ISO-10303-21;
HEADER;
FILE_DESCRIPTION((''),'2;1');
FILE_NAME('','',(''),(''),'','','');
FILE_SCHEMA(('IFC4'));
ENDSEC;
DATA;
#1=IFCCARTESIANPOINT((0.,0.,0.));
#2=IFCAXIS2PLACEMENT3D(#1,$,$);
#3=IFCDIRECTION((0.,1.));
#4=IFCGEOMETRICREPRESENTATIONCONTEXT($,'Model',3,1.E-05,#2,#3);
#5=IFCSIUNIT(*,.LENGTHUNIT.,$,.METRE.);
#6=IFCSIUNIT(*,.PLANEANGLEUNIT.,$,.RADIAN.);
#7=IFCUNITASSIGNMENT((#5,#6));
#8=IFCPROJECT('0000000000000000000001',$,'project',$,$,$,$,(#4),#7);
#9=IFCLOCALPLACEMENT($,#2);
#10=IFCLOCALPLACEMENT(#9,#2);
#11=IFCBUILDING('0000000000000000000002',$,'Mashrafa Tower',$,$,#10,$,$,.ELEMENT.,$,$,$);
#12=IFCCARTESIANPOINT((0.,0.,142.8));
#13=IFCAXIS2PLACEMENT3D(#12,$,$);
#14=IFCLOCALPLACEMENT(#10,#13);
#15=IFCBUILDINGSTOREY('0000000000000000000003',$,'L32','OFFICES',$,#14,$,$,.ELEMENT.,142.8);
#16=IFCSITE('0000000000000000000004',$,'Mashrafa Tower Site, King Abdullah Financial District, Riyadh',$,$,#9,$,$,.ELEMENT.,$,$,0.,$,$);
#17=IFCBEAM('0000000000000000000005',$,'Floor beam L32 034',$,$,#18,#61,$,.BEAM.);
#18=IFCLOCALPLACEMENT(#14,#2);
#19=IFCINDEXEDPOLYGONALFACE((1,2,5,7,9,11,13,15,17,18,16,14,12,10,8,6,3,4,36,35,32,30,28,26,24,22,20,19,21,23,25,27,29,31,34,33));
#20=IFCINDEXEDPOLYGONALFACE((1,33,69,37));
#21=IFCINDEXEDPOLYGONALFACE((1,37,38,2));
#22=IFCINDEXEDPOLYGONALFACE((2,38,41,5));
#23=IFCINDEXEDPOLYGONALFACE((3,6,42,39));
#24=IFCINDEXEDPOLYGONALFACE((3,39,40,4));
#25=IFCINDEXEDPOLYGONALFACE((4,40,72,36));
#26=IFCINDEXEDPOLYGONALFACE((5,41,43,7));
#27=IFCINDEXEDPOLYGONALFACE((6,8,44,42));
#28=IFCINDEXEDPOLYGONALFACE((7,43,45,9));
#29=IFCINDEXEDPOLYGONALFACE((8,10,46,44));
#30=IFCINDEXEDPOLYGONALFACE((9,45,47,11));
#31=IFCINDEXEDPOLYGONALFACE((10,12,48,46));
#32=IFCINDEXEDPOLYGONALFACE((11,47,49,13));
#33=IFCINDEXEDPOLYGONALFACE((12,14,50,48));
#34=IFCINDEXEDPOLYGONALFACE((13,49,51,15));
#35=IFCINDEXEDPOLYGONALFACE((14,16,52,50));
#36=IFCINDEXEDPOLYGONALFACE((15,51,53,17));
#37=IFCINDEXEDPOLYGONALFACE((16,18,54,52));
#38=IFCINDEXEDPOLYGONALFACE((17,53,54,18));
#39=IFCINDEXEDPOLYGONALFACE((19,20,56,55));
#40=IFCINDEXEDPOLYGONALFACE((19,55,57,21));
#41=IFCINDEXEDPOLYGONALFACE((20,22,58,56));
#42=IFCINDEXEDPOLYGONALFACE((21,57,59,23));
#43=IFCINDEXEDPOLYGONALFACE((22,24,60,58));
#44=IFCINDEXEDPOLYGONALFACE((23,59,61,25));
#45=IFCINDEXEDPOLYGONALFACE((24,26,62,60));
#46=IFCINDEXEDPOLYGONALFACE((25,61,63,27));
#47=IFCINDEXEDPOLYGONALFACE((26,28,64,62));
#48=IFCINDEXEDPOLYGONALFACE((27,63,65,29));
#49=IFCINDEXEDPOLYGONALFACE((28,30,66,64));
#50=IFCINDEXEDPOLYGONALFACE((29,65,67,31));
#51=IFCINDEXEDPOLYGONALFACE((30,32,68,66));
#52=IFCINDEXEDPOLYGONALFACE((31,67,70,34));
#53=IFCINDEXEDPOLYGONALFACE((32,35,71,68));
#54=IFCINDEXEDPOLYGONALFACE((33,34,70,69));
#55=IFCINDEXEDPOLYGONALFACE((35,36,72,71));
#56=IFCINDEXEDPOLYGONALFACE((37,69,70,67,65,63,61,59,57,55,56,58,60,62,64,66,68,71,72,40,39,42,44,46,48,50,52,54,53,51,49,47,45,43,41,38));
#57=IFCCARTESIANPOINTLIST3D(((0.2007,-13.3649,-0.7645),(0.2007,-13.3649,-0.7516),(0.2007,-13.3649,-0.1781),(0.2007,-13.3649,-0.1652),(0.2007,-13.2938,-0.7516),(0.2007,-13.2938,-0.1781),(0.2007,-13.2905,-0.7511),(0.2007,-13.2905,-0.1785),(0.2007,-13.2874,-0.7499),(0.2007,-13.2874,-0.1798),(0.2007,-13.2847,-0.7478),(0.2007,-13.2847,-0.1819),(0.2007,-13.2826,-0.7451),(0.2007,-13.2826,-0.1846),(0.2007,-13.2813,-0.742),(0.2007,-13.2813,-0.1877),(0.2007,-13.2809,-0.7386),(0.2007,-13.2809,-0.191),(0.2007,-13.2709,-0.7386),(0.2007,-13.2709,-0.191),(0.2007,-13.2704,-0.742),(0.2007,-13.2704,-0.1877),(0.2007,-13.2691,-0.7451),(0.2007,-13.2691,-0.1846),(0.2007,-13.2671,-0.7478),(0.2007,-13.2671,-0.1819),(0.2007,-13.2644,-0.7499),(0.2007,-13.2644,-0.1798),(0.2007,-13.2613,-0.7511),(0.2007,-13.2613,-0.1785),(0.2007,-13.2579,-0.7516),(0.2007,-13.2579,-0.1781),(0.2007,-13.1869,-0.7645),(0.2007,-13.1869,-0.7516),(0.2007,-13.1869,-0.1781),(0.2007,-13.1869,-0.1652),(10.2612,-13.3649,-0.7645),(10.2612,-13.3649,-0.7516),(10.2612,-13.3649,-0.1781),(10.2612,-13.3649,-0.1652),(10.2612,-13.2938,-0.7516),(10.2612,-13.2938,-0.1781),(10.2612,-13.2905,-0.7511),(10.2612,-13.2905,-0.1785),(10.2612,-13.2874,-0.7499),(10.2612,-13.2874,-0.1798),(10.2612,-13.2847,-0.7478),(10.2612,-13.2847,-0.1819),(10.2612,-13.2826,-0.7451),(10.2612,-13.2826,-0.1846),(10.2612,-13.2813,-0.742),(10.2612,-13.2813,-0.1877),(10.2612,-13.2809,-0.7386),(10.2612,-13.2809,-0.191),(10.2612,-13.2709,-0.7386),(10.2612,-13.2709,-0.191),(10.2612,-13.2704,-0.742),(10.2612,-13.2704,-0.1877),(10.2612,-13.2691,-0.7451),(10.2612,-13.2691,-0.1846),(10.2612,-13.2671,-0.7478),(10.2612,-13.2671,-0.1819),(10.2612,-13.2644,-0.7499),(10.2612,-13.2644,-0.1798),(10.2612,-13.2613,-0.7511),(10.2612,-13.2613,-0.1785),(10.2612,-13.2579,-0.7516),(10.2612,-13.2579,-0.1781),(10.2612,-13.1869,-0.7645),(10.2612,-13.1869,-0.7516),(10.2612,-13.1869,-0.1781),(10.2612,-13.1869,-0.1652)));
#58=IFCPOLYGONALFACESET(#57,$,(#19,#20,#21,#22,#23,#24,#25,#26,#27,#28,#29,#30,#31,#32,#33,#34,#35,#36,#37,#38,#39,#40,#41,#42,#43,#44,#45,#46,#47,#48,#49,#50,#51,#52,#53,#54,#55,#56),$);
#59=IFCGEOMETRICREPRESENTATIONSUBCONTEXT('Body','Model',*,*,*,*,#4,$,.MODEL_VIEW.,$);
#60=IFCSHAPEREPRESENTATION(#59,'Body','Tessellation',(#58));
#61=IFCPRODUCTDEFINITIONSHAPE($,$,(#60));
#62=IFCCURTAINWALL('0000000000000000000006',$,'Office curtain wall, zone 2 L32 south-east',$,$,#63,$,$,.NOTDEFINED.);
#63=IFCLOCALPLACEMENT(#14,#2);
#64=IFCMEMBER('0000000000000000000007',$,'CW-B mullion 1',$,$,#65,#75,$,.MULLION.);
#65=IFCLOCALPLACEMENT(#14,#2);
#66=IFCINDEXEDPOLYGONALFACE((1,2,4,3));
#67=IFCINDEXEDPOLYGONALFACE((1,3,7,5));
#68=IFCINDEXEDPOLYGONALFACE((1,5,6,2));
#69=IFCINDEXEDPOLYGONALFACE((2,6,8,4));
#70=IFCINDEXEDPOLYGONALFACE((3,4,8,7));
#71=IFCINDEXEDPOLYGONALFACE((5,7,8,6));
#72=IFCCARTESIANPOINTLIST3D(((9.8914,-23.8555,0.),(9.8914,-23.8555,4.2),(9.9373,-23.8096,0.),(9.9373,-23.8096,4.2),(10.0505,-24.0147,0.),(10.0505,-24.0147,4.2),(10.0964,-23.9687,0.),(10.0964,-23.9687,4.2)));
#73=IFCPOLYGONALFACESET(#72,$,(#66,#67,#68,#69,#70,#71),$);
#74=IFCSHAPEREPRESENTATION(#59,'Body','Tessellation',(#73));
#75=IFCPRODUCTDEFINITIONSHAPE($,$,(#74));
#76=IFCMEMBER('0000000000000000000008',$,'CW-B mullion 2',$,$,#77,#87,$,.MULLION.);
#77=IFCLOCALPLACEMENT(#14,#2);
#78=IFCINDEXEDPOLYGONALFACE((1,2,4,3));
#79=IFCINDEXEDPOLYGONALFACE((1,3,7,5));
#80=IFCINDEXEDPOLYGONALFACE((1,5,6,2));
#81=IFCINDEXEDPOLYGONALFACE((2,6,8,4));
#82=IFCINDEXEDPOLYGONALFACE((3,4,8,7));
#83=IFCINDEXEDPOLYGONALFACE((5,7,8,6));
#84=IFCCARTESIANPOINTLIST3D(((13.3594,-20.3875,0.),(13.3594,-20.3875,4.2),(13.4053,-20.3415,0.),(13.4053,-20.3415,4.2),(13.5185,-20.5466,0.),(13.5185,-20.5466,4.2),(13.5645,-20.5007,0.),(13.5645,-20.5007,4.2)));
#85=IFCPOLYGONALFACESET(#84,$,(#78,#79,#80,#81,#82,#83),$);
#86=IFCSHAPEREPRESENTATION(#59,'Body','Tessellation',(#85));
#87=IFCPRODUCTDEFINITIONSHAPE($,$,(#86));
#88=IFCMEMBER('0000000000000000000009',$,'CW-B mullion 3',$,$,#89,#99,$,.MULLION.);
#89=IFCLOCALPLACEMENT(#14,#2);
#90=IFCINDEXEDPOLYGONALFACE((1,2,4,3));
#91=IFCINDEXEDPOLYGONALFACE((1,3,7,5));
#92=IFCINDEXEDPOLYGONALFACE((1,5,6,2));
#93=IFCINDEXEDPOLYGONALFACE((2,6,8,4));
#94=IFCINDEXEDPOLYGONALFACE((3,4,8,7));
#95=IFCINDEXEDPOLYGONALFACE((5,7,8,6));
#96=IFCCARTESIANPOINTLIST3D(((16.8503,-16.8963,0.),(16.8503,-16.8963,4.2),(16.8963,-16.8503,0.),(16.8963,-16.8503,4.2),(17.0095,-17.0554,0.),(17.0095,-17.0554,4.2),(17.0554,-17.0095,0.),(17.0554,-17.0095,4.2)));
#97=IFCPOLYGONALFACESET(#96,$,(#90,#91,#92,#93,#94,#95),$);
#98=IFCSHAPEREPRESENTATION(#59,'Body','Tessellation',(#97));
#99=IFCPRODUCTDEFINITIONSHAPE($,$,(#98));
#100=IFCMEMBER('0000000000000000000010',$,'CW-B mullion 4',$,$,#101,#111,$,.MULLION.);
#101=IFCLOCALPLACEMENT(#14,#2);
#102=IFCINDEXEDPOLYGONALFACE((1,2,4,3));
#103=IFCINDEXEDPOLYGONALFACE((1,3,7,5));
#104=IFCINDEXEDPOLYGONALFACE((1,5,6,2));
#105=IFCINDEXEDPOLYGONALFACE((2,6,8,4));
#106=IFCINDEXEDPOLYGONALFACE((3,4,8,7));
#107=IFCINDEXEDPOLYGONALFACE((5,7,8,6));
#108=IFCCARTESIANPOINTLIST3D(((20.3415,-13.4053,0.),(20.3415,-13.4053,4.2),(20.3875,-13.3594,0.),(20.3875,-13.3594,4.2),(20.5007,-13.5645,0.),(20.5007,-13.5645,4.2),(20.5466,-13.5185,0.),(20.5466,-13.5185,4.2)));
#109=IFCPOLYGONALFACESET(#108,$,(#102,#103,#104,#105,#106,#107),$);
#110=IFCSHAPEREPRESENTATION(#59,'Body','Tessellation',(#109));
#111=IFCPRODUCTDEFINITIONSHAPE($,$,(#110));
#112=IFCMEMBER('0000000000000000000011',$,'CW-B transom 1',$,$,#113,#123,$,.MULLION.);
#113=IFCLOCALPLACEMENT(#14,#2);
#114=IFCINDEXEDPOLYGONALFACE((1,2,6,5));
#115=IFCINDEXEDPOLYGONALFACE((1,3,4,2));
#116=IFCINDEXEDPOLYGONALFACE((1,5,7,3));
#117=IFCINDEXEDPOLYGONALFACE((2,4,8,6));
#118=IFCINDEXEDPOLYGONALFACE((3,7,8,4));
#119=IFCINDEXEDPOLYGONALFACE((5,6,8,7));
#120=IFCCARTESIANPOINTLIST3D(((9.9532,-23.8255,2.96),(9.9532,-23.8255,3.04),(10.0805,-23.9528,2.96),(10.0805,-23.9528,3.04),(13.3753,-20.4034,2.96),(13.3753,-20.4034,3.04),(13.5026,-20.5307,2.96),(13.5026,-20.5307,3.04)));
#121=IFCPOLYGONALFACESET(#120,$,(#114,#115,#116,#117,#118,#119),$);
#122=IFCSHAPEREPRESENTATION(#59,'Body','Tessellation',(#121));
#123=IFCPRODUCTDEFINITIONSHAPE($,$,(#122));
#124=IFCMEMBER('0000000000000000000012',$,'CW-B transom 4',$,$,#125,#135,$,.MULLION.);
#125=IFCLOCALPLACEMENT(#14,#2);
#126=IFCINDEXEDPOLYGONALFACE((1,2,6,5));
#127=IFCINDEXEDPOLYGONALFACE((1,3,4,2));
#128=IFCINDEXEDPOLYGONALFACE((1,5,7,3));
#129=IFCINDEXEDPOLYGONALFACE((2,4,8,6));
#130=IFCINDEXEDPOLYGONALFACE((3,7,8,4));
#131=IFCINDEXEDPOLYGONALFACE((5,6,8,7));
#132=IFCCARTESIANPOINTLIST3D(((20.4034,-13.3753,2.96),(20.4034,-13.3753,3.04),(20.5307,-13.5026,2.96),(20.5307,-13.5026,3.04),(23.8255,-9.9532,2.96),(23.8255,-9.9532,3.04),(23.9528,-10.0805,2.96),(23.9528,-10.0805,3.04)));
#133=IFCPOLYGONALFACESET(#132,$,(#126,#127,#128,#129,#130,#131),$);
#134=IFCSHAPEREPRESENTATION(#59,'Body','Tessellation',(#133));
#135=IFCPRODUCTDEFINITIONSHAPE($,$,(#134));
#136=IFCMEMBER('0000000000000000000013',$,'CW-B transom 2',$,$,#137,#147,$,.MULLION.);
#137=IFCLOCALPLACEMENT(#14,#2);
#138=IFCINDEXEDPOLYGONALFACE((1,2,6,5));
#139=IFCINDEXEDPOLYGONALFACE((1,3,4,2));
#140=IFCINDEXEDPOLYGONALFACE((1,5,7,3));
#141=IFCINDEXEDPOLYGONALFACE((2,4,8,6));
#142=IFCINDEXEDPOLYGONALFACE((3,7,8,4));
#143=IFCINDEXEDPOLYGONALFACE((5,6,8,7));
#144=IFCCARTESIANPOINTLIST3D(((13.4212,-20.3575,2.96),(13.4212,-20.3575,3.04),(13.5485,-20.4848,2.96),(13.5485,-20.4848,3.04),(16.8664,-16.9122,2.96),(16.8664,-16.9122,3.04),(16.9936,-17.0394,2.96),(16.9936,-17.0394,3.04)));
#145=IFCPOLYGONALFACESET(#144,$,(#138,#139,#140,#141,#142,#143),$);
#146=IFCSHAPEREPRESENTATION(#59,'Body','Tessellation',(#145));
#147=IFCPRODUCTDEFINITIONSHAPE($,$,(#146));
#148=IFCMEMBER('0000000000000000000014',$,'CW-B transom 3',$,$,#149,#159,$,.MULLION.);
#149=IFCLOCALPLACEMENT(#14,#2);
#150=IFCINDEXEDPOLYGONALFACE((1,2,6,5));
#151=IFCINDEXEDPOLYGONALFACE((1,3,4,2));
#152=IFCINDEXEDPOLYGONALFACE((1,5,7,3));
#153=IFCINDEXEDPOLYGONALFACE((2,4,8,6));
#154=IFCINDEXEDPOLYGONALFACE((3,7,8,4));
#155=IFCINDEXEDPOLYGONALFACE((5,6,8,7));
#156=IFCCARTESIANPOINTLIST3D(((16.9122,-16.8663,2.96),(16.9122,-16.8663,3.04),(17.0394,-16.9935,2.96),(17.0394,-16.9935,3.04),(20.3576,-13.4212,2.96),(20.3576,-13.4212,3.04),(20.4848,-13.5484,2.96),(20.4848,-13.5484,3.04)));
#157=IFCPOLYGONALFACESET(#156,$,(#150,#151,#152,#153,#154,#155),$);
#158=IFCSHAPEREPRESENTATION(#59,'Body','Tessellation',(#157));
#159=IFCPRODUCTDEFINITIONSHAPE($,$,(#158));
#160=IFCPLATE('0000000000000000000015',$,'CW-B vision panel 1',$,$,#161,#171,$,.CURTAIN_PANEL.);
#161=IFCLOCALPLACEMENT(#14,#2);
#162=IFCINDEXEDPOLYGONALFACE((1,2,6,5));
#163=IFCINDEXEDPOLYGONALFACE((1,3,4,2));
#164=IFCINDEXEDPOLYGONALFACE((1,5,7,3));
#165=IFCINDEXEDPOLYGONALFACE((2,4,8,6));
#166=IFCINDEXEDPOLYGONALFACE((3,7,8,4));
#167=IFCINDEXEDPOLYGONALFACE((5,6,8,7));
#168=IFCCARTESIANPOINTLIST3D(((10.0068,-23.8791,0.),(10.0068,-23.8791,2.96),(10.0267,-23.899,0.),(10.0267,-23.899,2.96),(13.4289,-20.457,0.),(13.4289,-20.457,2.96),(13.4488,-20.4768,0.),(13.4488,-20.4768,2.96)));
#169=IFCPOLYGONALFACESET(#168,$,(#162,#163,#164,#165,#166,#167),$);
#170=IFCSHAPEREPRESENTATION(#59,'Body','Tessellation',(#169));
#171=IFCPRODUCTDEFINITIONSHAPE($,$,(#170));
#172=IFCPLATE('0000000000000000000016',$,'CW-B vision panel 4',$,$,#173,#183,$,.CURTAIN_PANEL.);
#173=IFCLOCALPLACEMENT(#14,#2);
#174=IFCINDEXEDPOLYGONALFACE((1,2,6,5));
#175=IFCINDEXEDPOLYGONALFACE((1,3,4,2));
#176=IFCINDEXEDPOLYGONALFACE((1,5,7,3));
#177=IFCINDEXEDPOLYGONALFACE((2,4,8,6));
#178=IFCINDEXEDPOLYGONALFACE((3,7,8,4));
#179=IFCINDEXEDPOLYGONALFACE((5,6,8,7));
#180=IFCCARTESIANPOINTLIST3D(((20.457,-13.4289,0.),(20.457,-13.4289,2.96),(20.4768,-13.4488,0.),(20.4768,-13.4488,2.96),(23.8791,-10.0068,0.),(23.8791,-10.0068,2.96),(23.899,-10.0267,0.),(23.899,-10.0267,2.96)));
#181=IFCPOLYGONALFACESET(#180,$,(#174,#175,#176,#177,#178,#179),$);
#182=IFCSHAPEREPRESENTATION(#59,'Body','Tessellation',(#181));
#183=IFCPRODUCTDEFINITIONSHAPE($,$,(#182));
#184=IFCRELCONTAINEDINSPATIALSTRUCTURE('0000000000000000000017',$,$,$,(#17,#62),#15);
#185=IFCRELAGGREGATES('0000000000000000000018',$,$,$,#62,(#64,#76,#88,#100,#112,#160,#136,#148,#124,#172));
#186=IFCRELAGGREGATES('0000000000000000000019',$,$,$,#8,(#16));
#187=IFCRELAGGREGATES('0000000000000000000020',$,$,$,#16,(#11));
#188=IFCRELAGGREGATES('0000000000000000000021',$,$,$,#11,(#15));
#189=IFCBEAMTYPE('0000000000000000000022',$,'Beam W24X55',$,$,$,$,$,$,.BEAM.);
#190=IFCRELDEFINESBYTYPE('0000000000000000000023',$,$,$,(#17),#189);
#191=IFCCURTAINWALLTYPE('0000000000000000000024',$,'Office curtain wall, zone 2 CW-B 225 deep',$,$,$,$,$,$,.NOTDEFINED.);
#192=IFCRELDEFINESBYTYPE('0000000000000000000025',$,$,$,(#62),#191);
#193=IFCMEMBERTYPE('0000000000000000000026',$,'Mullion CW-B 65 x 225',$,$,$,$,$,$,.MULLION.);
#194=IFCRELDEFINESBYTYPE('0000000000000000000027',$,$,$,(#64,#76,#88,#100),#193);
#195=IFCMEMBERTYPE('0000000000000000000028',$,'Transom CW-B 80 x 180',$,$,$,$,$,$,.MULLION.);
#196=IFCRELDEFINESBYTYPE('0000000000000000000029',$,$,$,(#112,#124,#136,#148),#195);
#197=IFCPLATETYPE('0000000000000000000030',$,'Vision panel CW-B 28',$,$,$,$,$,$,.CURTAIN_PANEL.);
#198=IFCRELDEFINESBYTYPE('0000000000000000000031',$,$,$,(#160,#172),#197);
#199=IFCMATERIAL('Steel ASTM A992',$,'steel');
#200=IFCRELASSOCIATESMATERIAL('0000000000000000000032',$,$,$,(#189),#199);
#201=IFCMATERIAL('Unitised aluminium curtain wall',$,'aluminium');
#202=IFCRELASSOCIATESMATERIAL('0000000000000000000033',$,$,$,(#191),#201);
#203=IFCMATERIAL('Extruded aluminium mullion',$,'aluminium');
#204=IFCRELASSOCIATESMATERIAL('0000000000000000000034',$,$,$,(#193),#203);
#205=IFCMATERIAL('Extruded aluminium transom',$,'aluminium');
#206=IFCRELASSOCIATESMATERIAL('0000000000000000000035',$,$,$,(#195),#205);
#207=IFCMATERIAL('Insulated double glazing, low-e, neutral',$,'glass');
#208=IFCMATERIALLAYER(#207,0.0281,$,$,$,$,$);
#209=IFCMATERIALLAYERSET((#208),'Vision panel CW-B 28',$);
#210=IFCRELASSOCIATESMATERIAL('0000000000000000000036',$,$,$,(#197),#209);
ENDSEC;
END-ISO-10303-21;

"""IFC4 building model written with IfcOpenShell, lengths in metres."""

from ifc_helpers import new_model, si_unit, direction, frame, origin, origin_2d, place, context, subcontext, project, spatial, rectangle, i_section, extrude, source, transform, mapped, material, layer, layer_set, material_profile, profile_set, type_object, type_shapes, element, aggregate, save


model = new_model("IFC4")

# Units and contexts
model_context = context("Model", 3, precision=1e-05, world=origin(), true_north=direction((0.0, 1.0)))
body_context = subcontext(model_context, "Body", "Model", "MODEL_VIEW")
ifc_project = project(units=[si_unit("LENGTHUNIT", "METRE"), si_unit("PLANEANGLEUNIT", "RADIAN")], contexts=[model_context])

# Site, building, storey
site_placement = place(None, origin())
site = spatial("IfcSite", under=ifc_project, at=site_placement, Name="Mashrafa Tower Site, King Abdullah Financial District, Riyadh", CompositionType="ELEMENT", RefElevation=0.0)
building_placement = place(site_placement, origin())
building = spatial("IfcBuilding", under=site, at=building_placement, Name="Mashrafa Tower", CompositionType="ELEMENT")
storey_placement = place(building_placement, frame((0.0, 0.0, 142.8)))
storey = spatial("IfcBuildingStorey", under=building, at=storey_placement, Name="L32", Description="OFFICES", CompositionType="ELEMENT", Elevation=142.8)

# Beam
ifc_material_1 = material(Name="Steel ASTM A992", Category="steel")
ifc_material_profile_1 = material_profile(ifc_material_1, i_section(OverallWidth=0.178, OverallDepth=0.5994, WebThickness=0.01, FlangeThickness=0.0129, FilletRadius=0.0129, at=origin_2d()), Name="W24X55")
ifc_profile_set_1 = profile_set([ifc_material_profile_1], Name="Steel ASTM A992")
beam_type_1 = type_object("IfcBeamType", Name="Beam W24X55", PredefinedType="BEAM", material=ifc_profile_set_1)
beam_1_placement = place(storey_placement, frame((10.2612, -13.2759, -0.4648), z_axis=(-1.0, 0.0, 0.0), x_axis=(0.0, -1.0, 0.0)))
element("IfcBeam", 1, at=beam_1_placement, inside=storey, type_object=beam_type_1, Name="Floor beam L32 034", PredefinedType="BEAM", context=body_context, shape_type="SweptSolid", body=[
    extrude(i_section(OverallWidth=0.178, OverallDepth=0.5994, WebThickness=0.01, FlangeThickness=0.0129, FilletRadius=0.0129, at=origin_2d()), origin(), (0.0, 0.0, 1.0), 10.0605),
])

# Curtain wall, members, plates
ifc_material_2 = material(Name="Unitised aluminium curtain wall", Category="aluminium")
curtain_wall_type = type_object("IfcCurtainWallType", Name="Office curtain wall, zone 2 CW-B 225 deep", PredefinedType="NOTDEFINED", material=ifc_material_2)
curtain_wall_placement = place(storey_placement, origin())
curtain_wall = element("IfcCurtainWall", 2, at=curtain_wall_placement, inside=storey, type_object=curtain_wall_type, Name="Office curtain wall, zone 2 L32 south-east", PredefinedType="NOTDEFINED")
ifc_material_3 = material(Name="Extruded aluminium mullion", Category="aluminium")
ifc_material_profile_2 = material_profile(ifc_material_3, rectangle(XDim=0.2251, YDim=0.0649, at=origin_2d()), Name="Mullion 65x225")
ifc_profile_set_2 = profile_set([ifc_material_profile_2], Name="Extruded aluminium mullion")
member_type_1 = type_object("IfcMemberType", Name="Mullion CW-B 65 x 225", PredefinedType="MULLION", material=ifc_profile_set_2)
shared_shape_1 = source(origin(), body_context, "Body", "SweptSolid", [
    extrude(rectangle(XDim=0.2251, YDim=0.0649, at=origin_2d()), origin(), (0.0, 0.0, 1.0), 4.2),
])
type_shapes(member_type_1, [shared_shape_1])
member_1_placement = place(storey_placement, frame((9.9939, -23.9121, 0.0), z_axis=(0.0, 0.0, 1.0), x_axis=(-0.707107, 0.707107, 0.0)))
member_1 = element("IfcMember", 3, at=member_1_placement, type_object=member_type_1, Name="CW-B mullion 1", PredefinedType="MULLION", context=body_context, shape_type="MappedRepresentation", body=[
    mapped(shared_shape_1, transform((0.0, 0.0, 0.0))),
])
member_2_placement = place(storey_placement, frame((13.4619, -20.4441, 0.0), z_axis=(0.0, 0.0, 1.0), x_axis=(-0.707107, 0.707107, 0.0)))
member_2 = element("IfcMember", 4, at=member_2_placement, type_object=member_type_1, Name="CW-B mullion 2", PredefinedType="MULLION", context=body_context, shape_type="MappedRepresentation", body=[
    mapped(shared_shape_1, transform((0.0, 0.0, 0.0))),
])
member_3_placement = place(storey_placement, frame((16.9529, -16.9529, 0.0), z_axis=(0.0, 0.0, 1.0), x_axis=(-0.707107, 0.707107, 0.0)))
member_3 = element("IfcMember", 5, at=member_3_placement, type_object=member_type_1, Name="CW-B mullion 3", PredefinedType="MULLION", context=body_context, shape_type="MappedRepresentation", body=[
    mapped(shared_shape_1, transform((0.0, 0.0, 0.0))),
])
member_4_placement = place(storey_placement, frame((20.4441, -13.4619, 0.0), z_axis=(0.0, 0.0, 1.0), x_axis=(-0.707107, 0.707107, 0.0)))
member_4 = element("IfcMember", 6, at=member_4_placement, type_object=member_type_1, Name="CW-B mullion 4", PredefinedType="MULLION", context=body_context, shape_type="MappedRepresentation", body=[
    mapped(shared_shape_1, transform((0.0, 0.0, 0.0))),
])
ifc_material_4 = material(Name="Extruded aluminium transom", Category="aluminium")
ifc_material_profile_3 = material_profile(ifc_material_4, rectangle(XDim=0.1799, YDim=0.0801, at=origin_2d()), Name="Transom 80x180")
ifc_profile_set_3 = profile_set([ifc_material_profile_3], Name="Extruded aluminium transom")
member_type_2 = type_object("IfcMemberType", Name="Transom CW-B 80 x 180", PredefinedType="MULLION", material=ifc_profile_set_3)
shared_shape_2 = source(origin(), body_context, "Body", "SweptSolid", [
    extrude(rectangle(XDim=0.1799, YDim=0.0801, at=origin_2d()), origin(), (0.0, 0.0, 1.0), 4.8396),
])
member_5_placement = place(storey_placement, frame((10.0168, -23.8892, 3.0), z_axis=(0.707107, 0.707107, 0.0), x_axis=(-0.707107, 0.707107, 0.0)))
member_5 = element("IfcMember", 7, at=member_5_placement, type_object=member_type_2, Name="CW-B transom 1", PredefinedType="MULLION", context=body_context, shape_type="MappedRepresentation", body=[
    mapped(shared_shape_2, transform((0.0, 0.0, 0.0))),
])
member_6_placement = place(storey_placement, frame((20.467, -13.439, 3.0), z_axis=(0.707107, 0.707107, 0.0), x_axis=(-0.707107, 0.707107, 0.0)))
member_6 = element("IfcMember", 8, at=member_6_placement, type_object=member_type_2, Name="CW-B transom 4", PredefinedType="MULLION", context=body_context, shape_type="MappedRepresentation", body=[
    mapped(shared_shape_2, transform((0.0, 0.0, 0.0))),
])
shared_shape_3 = source(origin(), body_context, "Body", "SweptSolid", [
    extrude(rectangle(XDim=0.1799, YDim=0.0801, at=origin_2d()), origin(), (0.0, 0.0, 1.0), 4.8723),
])
type_shapes(member_type_2, [shared_shape_2, shared_shape_3])
member_7_placement = place(storey_placement, frame((13.4849, -20.4211, 3.0), z_axis=(0.707082, 0.707132, 0.0), x_axis=(-0.707132, 0.707082, 0.0)))
member_7 = element("IfcMember", 9, at=member_7_placement, type_object=member_type_2, Name="CW-B transom 2", PredefinedType="MULLION", context=body_context, shape_type="MappedRepresentation", body=[
    mapped(shared_shape_3, transform((0.0, 0.0, 0.0))),
])
member_8_placement = place(storey_placement, frame((16.9758, -16.9299, 3.0), z_axis=(0.707132, 0.707082, 0.0), x_axis=(-0.707082, 0.707132, 0.0)))
member_8 = element("IfcMember", 10, at=member_8_placement, type_object=member_type_2, Name="CW-B transom 3", PredefinedType="MULLION", context=body_context, shape_type="MappedRepresentation", body=[
    mapped(shared_shape_3, transform((0.0, 0.0, 0.0))),
])
ifc_material_5 = material(Name="Insulated double glazing, low-e, neutral", Category="glass")
ifc_layer_1 = layer(ifc_material_5, 0.0281)
ifc_layer_set_1 = layer_set([ifc_layer_1], Name="Vision panel CW-B 28")
plate_type_1 = type_object("IfcPlateType", Name="Vision panel CW-B 28", PredefinedType="CURTAIN_PANEL", material=ifc_layer_set_1)
shared_shape_4 = source(origin(), body_context, "Body", "SweptSolid", [
    extrude(rectangle(XDim=4.8396, YDim=0.0281, at=origin_2d()), origin(), (0.0, 0.0, 1.0), 2.96),
])
plate_1_placement = place(storey_placement, frame((11.7278, -22.178, 0.0), z_axis=(0.0, 0.0, 1.0), x_axis=(0.707107, 0.707107, 0.0)))
plate_1 = element("IfcPlate", 11, at=plate_1_placement, type_object=plate_type_1, Name="CW-B vision panel 1", PredefinedType="CURTAIN_PANEL", context=body_context, shape_type="MappedRepresentation", body=[
    mapped(shared_shape_4, transform((0.0, 0.0, 0.0))),
])
plate_2_placement = place(storey_placement, frame((22.178, -11.7278, 0.0), z_axis=(0.0, 0.0, 1.0), x_axis=(0.707107, 0.707107, 0.0)))
plate_2 = element("IfcPlate", 12, at=plate_2_placement, type_object=plate_type_1, Name="CW-B vision panel 4", PredefinedType="CURTAIN_PANEL", context=body_context, shape_type="MappedRepresentation", body=[
    mapped(shared_shape_4, transform((0.0, 0.0, 0.0))),
])
aggregate(curtain_wall, [member_1, member_2, member_3, member_4, member_5, plate_1, member_7, member_8, member_6, plate_2])

save(model, "model.ifc")
